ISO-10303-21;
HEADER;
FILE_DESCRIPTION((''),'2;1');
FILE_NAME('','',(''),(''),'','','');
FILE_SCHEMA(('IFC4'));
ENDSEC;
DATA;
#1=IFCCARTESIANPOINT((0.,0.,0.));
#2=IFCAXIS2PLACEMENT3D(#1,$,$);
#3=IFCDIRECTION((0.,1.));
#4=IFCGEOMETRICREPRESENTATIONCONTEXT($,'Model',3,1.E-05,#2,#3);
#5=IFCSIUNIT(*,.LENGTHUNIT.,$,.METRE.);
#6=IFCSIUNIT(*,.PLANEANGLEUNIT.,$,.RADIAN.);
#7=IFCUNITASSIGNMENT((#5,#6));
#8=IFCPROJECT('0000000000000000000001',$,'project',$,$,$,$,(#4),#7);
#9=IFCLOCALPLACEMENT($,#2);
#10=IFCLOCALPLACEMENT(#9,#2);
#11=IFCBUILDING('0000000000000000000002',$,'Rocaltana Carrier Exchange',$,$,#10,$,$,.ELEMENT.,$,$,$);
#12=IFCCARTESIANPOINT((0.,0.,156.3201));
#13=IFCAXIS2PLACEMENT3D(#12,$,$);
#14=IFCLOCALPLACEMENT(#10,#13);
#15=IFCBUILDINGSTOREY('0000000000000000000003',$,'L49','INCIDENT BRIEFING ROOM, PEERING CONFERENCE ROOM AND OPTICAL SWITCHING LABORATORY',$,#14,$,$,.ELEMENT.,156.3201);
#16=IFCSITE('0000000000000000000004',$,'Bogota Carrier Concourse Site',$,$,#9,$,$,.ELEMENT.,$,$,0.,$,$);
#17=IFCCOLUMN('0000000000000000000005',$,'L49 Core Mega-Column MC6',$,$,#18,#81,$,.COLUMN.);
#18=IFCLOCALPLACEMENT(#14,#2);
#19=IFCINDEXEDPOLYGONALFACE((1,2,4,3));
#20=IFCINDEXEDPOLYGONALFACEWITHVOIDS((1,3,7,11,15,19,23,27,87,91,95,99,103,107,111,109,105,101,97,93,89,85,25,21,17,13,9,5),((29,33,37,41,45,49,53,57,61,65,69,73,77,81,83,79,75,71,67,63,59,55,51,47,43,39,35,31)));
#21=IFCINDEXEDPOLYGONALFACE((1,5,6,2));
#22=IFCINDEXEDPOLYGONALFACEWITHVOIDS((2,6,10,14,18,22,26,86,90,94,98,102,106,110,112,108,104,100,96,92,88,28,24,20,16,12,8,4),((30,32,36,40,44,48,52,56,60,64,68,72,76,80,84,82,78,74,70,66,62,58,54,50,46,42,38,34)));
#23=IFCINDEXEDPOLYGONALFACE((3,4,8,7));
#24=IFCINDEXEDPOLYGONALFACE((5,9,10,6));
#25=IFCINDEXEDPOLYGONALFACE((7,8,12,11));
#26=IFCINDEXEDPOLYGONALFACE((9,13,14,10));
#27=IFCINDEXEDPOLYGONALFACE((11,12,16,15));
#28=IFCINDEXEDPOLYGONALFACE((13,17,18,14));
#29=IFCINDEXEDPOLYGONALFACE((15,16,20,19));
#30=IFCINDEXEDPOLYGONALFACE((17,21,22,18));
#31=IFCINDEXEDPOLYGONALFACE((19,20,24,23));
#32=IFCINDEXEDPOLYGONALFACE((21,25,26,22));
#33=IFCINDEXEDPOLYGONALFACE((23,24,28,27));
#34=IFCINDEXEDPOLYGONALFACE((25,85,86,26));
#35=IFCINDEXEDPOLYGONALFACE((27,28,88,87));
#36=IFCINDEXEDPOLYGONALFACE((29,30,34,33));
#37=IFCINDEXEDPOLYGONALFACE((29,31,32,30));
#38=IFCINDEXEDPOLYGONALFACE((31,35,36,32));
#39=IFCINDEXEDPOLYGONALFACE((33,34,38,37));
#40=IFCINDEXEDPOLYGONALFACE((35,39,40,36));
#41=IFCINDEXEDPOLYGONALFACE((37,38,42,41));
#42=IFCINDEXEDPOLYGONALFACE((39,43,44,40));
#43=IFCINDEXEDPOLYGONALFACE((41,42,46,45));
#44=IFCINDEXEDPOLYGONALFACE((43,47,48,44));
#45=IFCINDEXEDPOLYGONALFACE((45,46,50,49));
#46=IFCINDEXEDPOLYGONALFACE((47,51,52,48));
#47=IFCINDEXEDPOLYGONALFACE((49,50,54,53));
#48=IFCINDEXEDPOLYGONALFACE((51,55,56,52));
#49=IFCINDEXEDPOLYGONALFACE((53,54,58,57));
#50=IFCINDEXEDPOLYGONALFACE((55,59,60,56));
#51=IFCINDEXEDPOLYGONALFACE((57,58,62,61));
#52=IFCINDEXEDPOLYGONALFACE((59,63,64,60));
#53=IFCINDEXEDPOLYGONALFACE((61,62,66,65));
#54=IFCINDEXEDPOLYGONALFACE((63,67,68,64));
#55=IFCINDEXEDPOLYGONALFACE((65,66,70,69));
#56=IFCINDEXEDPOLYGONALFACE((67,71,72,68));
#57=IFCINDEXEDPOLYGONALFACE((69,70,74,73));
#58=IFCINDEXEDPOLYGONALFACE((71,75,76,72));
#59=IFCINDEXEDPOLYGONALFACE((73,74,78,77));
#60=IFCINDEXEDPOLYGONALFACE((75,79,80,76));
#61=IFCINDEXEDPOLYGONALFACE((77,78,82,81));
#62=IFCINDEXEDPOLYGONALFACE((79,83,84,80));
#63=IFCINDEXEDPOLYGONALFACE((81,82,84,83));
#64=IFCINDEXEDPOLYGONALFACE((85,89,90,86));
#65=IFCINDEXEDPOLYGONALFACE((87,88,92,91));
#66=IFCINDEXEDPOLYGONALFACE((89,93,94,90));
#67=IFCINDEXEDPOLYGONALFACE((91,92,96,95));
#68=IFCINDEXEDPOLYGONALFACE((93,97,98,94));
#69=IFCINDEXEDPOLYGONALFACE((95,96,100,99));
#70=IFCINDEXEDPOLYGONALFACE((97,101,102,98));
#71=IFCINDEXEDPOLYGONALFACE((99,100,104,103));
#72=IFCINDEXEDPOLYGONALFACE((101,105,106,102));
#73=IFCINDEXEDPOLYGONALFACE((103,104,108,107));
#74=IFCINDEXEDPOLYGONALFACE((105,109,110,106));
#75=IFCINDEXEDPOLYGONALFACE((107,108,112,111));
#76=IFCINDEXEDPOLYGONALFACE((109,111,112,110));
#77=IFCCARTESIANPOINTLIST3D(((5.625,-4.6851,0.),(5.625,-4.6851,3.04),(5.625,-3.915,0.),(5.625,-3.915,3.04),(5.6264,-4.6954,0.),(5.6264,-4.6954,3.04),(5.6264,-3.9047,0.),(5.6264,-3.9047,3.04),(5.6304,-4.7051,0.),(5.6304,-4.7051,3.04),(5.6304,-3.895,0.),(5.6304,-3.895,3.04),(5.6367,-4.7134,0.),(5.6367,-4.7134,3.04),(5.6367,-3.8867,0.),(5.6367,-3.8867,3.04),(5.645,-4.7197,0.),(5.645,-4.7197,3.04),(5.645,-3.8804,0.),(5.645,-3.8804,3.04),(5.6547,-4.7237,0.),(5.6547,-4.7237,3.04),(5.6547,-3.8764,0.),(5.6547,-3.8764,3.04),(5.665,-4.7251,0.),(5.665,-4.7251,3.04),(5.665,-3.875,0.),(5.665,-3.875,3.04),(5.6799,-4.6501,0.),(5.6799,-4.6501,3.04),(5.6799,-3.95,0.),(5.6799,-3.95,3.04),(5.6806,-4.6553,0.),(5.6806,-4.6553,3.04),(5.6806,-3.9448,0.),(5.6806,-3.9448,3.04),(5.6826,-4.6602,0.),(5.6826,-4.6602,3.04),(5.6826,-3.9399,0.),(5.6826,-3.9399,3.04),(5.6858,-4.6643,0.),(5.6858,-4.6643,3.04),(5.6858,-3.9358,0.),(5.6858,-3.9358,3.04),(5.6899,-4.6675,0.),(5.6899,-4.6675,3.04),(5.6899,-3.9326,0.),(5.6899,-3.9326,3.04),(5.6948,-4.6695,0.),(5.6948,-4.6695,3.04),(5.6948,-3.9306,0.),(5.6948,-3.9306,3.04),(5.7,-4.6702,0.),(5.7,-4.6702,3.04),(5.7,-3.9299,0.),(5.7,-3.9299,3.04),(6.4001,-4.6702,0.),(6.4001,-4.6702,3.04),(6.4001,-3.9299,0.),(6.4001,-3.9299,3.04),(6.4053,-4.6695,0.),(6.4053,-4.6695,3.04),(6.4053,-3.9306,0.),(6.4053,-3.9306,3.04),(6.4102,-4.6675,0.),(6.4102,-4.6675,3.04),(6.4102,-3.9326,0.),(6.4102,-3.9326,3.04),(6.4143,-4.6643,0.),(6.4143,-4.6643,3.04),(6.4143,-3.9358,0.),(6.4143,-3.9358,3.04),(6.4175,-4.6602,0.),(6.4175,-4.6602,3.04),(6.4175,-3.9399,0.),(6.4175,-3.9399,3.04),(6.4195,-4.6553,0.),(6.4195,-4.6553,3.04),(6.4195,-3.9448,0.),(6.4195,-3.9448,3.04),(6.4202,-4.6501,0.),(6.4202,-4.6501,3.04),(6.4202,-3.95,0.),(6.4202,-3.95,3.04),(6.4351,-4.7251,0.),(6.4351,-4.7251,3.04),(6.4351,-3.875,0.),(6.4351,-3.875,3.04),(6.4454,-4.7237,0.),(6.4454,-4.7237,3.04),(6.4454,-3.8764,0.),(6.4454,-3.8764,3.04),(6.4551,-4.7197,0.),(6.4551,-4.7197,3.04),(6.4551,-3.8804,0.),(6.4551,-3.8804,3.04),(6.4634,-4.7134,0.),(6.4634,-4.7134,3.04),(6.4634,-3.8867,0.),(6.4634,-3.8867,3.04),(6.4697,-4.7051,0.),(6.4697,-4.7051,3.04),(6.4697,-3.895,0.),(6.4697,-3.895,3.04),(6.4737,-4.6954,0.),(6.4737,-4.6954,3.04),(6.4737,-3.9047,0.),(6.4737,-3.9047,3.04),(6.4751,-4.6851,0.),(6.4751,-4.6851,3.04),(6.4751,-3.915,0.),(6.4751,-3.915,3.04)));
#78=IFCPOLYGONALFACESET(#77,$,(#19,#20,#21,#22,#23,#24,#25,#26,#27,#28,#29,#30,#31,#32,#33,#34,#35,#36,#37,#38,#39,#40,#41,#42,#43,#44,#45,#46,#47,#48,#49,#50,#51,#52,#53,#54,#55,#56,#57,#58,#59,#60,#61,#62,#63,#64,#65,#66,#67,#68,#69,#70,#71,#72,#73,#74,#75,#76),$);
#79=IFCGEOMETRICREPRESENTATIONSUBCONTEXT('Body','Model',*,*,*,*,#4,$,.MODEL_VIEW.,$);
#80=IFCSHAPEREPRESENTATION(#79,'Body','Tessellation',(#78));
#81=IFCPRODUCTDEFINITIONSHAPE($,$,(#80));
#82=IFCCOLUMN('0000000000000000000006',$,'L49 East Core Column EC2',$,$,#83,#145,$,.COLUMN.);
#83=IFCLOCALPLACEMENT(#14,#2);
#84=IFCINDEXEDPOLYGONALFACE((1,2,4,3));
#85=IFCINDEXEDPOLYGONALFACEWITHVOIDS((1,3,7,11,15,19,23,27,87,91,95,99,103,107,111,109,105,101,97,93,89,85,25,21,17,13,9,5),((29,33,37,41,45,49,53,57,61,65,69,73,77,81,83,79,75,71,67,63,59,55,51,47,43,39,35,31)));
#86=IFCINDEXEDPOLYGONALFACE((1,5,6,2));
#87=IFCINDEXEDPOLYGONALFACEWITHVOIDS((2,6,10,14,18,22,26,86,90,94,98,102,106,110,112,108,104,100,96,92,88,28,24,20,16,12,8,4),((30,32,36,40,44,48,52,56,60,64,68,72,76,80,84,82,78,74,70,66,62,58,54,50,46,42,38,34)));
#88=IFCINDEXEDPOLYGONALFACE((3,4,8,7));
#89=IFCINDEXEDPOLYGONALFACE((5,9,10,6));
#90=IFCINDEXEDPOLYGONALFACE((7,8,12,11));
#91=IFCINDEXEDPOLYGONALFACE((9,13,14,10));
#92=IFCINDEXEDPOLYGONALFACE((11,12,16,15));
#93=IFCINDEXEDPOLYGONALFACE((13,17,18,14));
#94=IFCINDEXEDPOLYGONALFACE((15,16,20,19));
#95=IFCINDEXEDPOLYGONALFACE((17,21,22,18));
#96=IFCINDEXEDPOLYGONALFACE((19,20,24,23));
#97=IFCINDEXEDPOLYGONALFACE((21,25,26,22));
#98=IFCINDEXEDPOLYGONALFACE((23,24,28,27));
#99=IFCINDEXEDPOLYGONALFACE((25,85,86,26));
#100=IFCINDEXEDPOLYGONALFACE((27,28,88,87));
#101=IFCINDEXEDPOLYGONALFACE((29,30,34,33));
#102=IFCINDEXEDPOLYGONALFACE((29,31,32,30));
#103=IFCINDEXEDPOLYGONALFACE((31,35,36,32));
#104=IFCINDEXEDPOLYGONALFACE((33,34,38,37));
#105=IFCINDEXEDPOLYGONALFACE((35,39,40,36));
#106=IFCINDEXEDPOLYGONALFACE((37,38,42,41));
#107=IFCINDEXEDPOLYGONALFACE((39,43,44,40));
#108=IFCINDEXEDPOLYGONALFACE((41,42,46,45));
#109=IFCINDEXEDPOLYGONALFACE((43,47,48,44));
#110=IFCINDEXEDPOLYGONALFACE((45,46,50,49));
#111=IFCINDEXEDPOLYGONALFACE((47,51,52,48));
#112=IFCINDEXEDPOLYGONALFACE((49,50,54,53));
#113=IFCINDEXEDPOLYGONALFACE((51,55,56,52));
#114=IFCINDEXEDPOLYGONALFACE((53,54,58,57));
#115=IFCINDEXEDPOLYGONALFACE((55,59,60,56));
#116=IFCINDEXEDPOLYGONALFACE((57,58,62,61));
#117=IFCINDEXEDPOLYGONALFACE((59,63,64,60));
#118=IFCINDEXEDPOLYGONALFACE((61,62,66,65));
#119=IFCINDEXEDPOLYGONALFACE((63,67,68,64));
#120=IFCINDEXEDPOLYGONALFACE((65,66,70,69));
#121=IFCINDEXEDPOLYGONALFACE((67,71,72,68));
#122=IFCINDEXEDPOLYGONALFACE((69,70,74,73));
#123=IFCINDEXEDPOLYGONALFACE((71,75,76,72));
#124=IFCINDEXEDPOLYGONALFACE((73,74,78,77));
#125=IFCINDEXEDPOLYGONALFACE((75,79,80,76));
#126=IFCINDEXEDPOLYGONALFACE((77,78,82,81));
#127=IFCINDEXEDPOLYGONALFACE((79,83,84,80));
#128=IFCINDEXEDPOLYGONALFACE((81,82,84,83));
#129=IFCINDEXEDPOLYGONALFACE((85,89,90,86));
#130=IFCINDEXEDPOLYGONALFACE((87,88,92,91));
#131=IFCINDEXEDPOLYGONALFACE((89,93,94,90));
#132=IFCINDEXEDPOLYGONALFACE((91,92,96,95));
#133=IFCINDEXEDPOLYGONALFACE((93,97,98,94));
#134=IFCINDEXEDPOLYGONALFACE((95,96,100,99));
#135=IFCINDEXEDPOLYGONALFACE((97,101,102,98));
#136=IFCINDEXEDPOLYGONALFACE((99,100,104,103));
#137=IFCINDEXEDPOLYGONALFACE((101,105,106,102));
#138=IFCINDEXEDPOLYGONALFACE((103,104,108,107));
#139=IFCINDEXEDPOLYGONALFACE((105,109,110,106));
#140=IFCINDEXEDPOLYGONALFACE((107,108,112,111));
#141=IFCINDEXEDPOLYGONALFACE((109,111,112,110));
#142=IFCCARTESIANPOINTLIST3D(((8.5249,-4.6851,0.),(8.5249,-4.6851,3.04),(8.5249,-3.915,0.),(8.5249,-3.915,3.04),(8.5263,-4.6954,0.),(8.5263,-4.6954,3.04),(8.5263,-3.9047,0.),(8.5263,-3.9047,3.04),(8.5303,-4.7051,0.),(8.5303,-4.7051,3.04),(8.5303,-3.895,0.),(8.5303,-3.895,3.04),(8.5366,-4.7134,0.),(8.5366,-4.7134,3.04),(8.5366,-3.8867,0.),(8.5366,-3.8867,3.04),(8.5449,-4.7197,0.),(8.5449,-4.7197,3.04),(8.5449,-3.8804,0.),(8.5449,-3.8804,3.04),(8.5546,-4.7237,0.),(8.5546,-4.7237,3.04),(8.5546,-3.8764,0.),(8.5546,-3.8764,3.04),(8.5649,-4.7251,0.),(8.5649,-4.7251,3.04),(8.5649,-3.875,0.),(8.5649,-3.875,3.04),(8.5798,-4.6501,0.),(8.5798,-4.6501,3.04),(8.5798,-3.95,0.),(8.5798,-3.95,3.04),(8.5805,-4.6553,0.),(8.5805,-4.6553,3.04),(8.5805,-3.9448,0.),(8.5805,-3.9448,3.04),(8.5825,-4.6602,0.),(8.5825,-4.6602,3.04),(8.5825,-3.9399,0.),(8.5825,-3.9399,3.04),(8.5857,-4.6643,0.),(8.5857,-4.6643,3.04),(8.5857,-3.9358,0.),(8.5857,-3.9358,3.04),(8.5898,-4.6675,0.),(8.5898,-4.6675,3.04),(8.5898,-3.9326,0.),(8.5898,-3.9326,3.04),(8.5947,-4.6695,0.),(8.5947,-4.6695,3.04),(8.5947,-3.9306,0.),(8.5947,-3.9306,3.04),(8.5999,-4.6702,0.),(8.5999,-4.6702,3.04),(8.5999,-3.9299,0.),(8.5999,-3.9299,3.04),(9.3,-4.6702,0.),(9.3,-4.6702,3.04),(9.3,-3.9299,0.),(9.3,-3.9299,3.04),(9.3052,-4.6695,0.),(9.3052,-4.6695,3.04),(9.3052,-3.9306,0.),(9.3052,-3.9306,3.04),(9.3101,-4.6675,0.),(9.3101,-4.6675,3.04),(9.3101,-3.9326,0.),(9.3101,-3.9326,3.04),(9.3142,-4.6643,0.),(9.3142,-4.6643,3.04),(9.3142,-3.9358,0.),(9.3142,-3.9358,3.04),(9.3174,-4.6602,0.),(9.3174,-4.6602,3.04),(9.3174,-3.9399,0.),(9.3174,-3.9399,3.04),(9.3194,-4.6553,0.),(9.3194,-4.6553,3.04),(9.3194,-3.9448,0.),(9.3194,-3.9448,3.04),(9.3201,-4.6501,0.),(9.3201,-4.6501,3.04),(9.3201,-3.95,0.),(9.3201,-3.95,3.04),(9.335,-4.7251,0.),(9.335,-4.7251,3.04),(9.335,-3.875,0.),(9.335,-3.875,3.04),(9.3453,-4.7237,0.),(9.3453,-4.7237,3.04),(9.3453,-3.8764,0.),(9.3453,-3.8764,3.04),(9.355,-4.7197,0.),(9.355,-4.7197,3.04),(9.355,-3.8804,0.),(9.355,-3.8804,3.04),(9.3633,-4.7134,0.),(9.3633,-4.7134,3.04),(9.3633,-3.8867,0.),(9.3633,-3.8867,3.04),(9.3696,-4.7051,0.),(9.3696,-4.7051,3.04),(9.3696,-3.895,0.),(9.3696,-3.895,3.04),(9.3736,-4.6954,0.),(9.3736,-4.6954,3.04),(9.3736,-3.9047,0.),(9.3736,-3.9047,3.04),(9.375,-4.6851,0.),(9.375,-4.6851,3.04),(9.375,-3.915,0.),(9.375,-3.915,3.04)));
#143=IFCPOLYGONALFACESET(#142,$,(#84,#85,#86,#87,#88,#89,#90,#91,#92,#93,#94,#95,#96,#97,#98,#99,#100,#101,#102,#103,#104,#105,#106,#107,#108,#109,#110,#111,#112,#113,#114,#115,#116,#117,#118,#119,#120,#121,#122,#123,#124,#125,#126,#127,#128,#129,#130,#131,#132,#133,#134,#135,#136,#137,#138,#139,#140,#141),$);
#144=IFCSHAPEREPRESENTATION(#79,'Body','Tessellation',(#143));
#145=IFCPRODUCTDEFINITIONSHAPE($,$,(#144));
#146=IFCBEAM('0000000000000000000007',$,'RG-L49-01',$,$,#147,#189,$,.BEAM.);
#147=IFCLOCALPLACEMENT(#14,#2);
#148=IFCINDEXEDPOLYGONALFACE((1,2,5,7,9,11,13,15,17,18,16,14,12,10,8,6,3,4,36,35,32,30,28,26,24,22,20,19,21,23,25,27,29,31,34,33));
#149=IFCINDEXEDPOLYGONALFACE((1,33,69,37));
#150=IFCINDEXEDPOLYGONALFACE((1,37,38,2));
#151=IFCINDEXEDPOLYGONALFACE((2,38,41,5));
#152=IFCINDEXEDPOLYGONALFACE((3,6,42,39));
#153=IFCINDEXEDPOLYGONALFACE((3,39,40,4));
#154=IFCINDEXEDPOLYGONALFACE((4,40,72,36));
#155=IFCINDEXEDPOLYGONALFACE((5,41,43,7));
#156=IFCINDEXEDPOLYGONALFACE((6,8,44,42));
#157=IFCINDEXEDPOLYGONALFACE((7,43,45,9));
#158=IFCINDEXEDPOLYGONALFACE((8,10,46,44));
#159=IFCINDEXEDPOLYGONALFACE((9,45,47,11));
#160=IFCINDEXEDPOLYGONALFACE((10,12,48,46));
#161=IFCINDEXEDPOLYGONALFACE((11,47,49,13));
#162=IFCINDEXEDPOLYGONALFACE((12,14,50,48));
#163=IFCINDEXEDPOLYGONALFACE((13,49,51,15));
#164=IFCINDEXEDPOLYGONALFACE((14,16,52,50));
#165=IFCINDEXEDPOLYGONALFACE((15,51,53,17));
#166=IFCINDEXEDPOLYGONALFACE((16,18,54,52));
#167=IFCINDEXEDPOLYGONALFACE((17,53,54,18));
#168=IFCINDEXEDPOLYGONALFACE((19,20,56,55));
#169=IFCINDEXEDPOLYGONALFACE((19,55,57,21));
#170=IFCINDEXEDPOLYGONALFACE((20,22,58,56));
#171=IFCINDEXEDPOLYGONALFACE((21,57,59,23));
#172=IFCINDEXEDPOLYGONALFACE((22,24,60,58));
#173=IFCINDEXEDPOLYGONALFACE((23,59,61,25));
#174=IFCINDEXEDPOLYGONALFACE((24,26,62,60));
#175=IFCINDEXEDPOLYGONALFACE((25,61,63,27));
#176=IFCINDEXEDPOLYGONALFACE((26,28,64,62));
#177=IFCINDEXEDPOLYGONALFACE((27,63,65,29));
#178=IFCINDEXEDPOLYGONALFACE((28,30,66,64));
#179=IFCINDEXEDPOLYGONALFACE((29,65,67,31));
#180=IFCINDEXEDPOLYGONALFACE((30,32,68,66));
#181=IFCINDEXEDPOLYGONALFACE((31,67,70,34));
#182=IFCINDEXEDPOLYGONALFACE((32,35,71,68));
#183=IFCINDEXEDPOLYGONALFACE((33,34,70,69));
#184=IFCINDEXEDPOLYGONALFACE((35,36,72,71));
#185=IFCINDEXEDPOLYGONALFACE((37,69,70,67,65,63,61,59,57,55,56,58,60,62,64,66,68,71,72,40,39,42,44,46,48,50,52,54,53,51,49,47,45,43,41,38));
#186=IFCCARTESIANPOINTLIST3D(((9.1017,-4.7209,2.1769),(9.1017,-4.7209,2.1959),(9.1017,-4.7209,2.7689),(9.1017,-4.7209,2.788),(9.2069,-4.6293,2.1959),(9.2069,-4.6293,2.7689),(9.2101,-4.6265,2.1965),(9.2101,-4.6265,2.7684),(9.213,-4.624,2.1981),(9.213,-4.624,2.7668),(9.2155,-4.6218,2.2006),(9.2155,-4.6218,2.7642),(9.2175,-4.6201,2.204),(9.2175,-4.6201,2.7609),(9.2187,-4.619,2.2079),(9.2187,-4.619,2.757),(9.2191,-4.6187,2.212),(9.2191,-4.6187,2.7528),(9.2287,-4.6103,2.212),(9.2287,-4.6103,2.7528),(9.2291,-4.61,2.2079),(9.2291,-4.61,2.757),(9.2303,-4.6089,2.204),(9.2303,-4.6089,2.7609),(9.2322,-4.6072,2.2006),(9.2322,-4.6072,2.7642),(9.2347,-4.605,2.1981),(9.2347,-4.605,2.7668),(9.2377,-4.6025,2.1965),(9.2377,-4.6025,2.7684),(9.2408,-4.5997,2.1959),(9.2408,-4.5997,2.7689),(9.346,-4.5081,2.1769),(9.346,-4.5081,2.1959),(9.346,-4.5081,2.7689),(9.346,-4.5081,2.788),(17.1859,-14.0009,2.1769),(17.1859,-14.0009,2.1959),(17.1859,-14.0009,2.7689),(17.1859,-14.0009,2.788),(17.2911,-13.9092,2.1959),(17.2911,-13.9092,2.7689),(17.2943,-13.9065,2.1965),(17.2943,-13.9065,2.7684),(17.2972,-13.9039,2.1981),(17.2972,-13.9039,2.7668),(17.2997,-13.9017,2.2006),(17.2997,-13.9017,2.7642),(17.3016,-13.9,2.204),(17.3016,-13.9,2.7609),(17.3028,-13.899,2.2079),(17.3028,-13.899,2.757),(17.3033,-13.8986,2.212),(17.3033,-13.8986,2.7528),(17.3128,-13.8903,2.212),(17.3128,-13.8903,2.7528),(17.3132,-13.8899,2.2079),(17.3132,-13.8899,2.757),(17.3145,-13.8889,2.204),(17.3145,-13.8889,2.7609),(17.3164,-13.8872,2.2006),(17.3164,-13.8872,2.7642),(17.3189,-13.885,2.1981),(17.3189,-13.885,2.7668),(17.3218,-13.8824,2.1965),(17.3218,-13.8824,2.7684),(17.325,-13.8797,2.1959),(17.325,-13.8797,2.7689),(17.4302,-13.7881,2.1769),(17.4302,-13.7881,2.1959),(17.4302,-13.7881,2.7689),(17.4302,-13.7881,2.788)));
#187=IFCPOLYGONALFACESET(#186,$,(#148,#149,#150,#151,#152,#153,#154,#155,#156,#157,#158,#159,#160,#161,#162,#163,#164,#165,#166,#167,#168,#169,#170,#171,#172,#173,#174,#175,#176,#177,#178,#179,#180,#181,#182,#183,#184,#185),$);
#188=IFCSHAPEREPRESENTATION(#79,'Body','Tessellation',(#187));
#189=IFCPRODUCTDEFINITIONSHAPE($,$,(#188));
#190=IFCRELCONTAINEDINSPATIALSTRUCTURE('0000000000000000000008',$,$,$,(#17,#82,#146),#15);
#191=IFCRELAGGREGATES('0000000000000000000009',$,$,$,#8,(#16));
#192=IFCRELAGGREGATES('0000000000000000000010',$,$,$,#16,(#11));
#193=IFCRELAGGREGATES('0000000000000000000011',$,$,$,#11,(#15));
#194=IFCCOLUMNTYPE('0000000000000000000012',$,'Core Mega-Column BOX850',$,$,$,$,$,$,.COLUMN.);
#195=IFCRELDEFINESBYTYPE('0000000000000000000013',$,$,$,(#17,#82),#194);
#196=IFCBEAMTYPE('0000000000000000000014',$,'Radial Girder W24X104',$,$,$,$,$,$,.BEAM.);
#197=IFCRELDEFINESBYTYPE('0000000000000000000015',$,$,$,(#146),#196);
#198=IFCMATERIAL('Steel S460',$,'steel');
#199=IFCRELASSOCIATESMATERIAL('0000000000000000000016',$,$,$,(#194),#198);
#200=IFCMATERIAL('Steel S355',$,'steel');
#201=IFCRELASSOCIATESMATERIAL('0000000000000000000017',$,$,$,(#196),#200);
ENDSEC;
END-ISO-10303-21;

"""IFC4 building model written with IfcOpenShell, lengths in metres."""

from ifc_helpers import new_model, si_unit, direction, frame, origin, origin_2d, place, context, subcontext, project, spatial, hollow_rectangle, i_section, extrude, material, material_profile, profile_set, type_object, element, save


model = new_model("IFC4")

# Units and contexts
model_context = context("Model", 3, precision=1e-05, world=origin(), true_north=direction((0.0, 1.0)))
body_context = subcontext(model_context, "Body", "Model", "MODEL_VIEW")
ifc_project = project(units=[si_unit("LENGTHUNIT", "METRE"), si_unit("PLANEANGLEUNIT", "RADIAN")], contexts=[model_context])

# Site, building, storey
site_placement = place(None, origin())
site = spatial("IfcSite", under=ifc_project, at=site_placement, Name="Bogota Carrier Concourse Site", CompositionType="ELEMENT", RefElevation=0.0)
building_placement = place(site_placement, origin())
building = spatial("IfcBuilding", under=site, at=building_placement, Name="Rocaltana Carrier Exchange", CompositionType="ELEMENT")
storey_placement = place(building_placement, frame((0.0, 0.0, 156.3201)))
storey = spatial("IfcBuildingStorey", under=building, at=storey_placement, Name="L49", Description="INCIDENT BRIEFING ROOM, PEERING CONFERENCE ROOM AND OPTICAL SWITCHING LABORATORY", CompositionType="ELEMENT", Elevation=156.3201)

# Columns
ifc_material_1 = material(Name="Steel S460", Category="steel")
ifc_material_profile_1 = material_profile(ifc_material_1, hollow_rectangle(XDim=0.8501, YDim=0.8501, WallThickness=0.0549, InnerFilletRadius=0.02, OuterFilletRadius=0.04, at=origin_2d()), Name="BOX850X850X55")
ifc_profile_set_1 = profile_set([ifc_material_profile_1], Name="Steel S460")
column_type = type_object("IfcColumnType", Name="Core Mega-Column BOX850", PredefinedType="COLUMN", material=ifc_profile_set_1)
for number, where, z_axis, x_axis, name in (
    (1, (6.05, -4.3, 0.0), (0.0, 0.0, 1.0), (1.0, 0.0, 0.0), "L49 Core Mega-Column MC6"),
    (2, (8.95, -4.3, 0.0), (0.0, 0.0, 1.0), (1.0, 0.0, 0.0), "L49 East Core Column EC2"),
):
    element("IfcColumn", number, at=place(storey_placement, frame(where, z_axis=z_axis, x_axis=x_axis)), inside=storey, type_object=column_type, Name=name, PredefinedType="COLUMN", context=body_context, shape_type="SweptSolid", body=[
        extrude(hollow_rectangle(XDim=0.8501, YDim=0.8501, WallThickness=0.0549, InnerFilletRadius=0.02, OuterFilletRadius=0.04, at=origin_2d()), origin(), (0.0, 0.0, 1.0), 3.04),
    ])

# Beam
ifc_material_2 = material(Name="Steel S355", Category="steel")
ifc_material_profile_2 = material_profile(ifc_material_2, i_section(OverallWidth=0.324, OverallDepth=0.6111, WebThickness=0.0127, FlangeThickness=0.019, FilletRadius=0.0161, at=origin_2d()), Name="W24X104")
ifc_profile_set_2 = profile_set([ifc_material_profile_2], Name="Steel S355")
beam_type = type_object("IfcBeamType", Name="Radial Girder W24X104", PredefinedType="BEAM", material=ifc_profile_set_2)
beam_1_placement = place(storey_placement, frame((9.2239, -4.6145, 2.4824), z_axis=(0.656856, -0.754016, 0.0), x_axis=(0.754016, 0.656856, 0.0)))
element("IfcBeam", 3, at=beam_1_placement, inside=storey, type_object=beam_type, Name="RG-L49-01", PredefinedType="BEAM", context=body_context, shape_type="SweptSolid", body=[
    extrude(i_section(OverallWidth=0.324, OverallDepth=0.6111, WebThickness=0.0127, FlangeThickness=0.019, FilletRadius=0.0161, at=origin_2d()), origin(), (0.0, 0.0, 1.0), 12.3074),
])

save(model, "model.ifc")
